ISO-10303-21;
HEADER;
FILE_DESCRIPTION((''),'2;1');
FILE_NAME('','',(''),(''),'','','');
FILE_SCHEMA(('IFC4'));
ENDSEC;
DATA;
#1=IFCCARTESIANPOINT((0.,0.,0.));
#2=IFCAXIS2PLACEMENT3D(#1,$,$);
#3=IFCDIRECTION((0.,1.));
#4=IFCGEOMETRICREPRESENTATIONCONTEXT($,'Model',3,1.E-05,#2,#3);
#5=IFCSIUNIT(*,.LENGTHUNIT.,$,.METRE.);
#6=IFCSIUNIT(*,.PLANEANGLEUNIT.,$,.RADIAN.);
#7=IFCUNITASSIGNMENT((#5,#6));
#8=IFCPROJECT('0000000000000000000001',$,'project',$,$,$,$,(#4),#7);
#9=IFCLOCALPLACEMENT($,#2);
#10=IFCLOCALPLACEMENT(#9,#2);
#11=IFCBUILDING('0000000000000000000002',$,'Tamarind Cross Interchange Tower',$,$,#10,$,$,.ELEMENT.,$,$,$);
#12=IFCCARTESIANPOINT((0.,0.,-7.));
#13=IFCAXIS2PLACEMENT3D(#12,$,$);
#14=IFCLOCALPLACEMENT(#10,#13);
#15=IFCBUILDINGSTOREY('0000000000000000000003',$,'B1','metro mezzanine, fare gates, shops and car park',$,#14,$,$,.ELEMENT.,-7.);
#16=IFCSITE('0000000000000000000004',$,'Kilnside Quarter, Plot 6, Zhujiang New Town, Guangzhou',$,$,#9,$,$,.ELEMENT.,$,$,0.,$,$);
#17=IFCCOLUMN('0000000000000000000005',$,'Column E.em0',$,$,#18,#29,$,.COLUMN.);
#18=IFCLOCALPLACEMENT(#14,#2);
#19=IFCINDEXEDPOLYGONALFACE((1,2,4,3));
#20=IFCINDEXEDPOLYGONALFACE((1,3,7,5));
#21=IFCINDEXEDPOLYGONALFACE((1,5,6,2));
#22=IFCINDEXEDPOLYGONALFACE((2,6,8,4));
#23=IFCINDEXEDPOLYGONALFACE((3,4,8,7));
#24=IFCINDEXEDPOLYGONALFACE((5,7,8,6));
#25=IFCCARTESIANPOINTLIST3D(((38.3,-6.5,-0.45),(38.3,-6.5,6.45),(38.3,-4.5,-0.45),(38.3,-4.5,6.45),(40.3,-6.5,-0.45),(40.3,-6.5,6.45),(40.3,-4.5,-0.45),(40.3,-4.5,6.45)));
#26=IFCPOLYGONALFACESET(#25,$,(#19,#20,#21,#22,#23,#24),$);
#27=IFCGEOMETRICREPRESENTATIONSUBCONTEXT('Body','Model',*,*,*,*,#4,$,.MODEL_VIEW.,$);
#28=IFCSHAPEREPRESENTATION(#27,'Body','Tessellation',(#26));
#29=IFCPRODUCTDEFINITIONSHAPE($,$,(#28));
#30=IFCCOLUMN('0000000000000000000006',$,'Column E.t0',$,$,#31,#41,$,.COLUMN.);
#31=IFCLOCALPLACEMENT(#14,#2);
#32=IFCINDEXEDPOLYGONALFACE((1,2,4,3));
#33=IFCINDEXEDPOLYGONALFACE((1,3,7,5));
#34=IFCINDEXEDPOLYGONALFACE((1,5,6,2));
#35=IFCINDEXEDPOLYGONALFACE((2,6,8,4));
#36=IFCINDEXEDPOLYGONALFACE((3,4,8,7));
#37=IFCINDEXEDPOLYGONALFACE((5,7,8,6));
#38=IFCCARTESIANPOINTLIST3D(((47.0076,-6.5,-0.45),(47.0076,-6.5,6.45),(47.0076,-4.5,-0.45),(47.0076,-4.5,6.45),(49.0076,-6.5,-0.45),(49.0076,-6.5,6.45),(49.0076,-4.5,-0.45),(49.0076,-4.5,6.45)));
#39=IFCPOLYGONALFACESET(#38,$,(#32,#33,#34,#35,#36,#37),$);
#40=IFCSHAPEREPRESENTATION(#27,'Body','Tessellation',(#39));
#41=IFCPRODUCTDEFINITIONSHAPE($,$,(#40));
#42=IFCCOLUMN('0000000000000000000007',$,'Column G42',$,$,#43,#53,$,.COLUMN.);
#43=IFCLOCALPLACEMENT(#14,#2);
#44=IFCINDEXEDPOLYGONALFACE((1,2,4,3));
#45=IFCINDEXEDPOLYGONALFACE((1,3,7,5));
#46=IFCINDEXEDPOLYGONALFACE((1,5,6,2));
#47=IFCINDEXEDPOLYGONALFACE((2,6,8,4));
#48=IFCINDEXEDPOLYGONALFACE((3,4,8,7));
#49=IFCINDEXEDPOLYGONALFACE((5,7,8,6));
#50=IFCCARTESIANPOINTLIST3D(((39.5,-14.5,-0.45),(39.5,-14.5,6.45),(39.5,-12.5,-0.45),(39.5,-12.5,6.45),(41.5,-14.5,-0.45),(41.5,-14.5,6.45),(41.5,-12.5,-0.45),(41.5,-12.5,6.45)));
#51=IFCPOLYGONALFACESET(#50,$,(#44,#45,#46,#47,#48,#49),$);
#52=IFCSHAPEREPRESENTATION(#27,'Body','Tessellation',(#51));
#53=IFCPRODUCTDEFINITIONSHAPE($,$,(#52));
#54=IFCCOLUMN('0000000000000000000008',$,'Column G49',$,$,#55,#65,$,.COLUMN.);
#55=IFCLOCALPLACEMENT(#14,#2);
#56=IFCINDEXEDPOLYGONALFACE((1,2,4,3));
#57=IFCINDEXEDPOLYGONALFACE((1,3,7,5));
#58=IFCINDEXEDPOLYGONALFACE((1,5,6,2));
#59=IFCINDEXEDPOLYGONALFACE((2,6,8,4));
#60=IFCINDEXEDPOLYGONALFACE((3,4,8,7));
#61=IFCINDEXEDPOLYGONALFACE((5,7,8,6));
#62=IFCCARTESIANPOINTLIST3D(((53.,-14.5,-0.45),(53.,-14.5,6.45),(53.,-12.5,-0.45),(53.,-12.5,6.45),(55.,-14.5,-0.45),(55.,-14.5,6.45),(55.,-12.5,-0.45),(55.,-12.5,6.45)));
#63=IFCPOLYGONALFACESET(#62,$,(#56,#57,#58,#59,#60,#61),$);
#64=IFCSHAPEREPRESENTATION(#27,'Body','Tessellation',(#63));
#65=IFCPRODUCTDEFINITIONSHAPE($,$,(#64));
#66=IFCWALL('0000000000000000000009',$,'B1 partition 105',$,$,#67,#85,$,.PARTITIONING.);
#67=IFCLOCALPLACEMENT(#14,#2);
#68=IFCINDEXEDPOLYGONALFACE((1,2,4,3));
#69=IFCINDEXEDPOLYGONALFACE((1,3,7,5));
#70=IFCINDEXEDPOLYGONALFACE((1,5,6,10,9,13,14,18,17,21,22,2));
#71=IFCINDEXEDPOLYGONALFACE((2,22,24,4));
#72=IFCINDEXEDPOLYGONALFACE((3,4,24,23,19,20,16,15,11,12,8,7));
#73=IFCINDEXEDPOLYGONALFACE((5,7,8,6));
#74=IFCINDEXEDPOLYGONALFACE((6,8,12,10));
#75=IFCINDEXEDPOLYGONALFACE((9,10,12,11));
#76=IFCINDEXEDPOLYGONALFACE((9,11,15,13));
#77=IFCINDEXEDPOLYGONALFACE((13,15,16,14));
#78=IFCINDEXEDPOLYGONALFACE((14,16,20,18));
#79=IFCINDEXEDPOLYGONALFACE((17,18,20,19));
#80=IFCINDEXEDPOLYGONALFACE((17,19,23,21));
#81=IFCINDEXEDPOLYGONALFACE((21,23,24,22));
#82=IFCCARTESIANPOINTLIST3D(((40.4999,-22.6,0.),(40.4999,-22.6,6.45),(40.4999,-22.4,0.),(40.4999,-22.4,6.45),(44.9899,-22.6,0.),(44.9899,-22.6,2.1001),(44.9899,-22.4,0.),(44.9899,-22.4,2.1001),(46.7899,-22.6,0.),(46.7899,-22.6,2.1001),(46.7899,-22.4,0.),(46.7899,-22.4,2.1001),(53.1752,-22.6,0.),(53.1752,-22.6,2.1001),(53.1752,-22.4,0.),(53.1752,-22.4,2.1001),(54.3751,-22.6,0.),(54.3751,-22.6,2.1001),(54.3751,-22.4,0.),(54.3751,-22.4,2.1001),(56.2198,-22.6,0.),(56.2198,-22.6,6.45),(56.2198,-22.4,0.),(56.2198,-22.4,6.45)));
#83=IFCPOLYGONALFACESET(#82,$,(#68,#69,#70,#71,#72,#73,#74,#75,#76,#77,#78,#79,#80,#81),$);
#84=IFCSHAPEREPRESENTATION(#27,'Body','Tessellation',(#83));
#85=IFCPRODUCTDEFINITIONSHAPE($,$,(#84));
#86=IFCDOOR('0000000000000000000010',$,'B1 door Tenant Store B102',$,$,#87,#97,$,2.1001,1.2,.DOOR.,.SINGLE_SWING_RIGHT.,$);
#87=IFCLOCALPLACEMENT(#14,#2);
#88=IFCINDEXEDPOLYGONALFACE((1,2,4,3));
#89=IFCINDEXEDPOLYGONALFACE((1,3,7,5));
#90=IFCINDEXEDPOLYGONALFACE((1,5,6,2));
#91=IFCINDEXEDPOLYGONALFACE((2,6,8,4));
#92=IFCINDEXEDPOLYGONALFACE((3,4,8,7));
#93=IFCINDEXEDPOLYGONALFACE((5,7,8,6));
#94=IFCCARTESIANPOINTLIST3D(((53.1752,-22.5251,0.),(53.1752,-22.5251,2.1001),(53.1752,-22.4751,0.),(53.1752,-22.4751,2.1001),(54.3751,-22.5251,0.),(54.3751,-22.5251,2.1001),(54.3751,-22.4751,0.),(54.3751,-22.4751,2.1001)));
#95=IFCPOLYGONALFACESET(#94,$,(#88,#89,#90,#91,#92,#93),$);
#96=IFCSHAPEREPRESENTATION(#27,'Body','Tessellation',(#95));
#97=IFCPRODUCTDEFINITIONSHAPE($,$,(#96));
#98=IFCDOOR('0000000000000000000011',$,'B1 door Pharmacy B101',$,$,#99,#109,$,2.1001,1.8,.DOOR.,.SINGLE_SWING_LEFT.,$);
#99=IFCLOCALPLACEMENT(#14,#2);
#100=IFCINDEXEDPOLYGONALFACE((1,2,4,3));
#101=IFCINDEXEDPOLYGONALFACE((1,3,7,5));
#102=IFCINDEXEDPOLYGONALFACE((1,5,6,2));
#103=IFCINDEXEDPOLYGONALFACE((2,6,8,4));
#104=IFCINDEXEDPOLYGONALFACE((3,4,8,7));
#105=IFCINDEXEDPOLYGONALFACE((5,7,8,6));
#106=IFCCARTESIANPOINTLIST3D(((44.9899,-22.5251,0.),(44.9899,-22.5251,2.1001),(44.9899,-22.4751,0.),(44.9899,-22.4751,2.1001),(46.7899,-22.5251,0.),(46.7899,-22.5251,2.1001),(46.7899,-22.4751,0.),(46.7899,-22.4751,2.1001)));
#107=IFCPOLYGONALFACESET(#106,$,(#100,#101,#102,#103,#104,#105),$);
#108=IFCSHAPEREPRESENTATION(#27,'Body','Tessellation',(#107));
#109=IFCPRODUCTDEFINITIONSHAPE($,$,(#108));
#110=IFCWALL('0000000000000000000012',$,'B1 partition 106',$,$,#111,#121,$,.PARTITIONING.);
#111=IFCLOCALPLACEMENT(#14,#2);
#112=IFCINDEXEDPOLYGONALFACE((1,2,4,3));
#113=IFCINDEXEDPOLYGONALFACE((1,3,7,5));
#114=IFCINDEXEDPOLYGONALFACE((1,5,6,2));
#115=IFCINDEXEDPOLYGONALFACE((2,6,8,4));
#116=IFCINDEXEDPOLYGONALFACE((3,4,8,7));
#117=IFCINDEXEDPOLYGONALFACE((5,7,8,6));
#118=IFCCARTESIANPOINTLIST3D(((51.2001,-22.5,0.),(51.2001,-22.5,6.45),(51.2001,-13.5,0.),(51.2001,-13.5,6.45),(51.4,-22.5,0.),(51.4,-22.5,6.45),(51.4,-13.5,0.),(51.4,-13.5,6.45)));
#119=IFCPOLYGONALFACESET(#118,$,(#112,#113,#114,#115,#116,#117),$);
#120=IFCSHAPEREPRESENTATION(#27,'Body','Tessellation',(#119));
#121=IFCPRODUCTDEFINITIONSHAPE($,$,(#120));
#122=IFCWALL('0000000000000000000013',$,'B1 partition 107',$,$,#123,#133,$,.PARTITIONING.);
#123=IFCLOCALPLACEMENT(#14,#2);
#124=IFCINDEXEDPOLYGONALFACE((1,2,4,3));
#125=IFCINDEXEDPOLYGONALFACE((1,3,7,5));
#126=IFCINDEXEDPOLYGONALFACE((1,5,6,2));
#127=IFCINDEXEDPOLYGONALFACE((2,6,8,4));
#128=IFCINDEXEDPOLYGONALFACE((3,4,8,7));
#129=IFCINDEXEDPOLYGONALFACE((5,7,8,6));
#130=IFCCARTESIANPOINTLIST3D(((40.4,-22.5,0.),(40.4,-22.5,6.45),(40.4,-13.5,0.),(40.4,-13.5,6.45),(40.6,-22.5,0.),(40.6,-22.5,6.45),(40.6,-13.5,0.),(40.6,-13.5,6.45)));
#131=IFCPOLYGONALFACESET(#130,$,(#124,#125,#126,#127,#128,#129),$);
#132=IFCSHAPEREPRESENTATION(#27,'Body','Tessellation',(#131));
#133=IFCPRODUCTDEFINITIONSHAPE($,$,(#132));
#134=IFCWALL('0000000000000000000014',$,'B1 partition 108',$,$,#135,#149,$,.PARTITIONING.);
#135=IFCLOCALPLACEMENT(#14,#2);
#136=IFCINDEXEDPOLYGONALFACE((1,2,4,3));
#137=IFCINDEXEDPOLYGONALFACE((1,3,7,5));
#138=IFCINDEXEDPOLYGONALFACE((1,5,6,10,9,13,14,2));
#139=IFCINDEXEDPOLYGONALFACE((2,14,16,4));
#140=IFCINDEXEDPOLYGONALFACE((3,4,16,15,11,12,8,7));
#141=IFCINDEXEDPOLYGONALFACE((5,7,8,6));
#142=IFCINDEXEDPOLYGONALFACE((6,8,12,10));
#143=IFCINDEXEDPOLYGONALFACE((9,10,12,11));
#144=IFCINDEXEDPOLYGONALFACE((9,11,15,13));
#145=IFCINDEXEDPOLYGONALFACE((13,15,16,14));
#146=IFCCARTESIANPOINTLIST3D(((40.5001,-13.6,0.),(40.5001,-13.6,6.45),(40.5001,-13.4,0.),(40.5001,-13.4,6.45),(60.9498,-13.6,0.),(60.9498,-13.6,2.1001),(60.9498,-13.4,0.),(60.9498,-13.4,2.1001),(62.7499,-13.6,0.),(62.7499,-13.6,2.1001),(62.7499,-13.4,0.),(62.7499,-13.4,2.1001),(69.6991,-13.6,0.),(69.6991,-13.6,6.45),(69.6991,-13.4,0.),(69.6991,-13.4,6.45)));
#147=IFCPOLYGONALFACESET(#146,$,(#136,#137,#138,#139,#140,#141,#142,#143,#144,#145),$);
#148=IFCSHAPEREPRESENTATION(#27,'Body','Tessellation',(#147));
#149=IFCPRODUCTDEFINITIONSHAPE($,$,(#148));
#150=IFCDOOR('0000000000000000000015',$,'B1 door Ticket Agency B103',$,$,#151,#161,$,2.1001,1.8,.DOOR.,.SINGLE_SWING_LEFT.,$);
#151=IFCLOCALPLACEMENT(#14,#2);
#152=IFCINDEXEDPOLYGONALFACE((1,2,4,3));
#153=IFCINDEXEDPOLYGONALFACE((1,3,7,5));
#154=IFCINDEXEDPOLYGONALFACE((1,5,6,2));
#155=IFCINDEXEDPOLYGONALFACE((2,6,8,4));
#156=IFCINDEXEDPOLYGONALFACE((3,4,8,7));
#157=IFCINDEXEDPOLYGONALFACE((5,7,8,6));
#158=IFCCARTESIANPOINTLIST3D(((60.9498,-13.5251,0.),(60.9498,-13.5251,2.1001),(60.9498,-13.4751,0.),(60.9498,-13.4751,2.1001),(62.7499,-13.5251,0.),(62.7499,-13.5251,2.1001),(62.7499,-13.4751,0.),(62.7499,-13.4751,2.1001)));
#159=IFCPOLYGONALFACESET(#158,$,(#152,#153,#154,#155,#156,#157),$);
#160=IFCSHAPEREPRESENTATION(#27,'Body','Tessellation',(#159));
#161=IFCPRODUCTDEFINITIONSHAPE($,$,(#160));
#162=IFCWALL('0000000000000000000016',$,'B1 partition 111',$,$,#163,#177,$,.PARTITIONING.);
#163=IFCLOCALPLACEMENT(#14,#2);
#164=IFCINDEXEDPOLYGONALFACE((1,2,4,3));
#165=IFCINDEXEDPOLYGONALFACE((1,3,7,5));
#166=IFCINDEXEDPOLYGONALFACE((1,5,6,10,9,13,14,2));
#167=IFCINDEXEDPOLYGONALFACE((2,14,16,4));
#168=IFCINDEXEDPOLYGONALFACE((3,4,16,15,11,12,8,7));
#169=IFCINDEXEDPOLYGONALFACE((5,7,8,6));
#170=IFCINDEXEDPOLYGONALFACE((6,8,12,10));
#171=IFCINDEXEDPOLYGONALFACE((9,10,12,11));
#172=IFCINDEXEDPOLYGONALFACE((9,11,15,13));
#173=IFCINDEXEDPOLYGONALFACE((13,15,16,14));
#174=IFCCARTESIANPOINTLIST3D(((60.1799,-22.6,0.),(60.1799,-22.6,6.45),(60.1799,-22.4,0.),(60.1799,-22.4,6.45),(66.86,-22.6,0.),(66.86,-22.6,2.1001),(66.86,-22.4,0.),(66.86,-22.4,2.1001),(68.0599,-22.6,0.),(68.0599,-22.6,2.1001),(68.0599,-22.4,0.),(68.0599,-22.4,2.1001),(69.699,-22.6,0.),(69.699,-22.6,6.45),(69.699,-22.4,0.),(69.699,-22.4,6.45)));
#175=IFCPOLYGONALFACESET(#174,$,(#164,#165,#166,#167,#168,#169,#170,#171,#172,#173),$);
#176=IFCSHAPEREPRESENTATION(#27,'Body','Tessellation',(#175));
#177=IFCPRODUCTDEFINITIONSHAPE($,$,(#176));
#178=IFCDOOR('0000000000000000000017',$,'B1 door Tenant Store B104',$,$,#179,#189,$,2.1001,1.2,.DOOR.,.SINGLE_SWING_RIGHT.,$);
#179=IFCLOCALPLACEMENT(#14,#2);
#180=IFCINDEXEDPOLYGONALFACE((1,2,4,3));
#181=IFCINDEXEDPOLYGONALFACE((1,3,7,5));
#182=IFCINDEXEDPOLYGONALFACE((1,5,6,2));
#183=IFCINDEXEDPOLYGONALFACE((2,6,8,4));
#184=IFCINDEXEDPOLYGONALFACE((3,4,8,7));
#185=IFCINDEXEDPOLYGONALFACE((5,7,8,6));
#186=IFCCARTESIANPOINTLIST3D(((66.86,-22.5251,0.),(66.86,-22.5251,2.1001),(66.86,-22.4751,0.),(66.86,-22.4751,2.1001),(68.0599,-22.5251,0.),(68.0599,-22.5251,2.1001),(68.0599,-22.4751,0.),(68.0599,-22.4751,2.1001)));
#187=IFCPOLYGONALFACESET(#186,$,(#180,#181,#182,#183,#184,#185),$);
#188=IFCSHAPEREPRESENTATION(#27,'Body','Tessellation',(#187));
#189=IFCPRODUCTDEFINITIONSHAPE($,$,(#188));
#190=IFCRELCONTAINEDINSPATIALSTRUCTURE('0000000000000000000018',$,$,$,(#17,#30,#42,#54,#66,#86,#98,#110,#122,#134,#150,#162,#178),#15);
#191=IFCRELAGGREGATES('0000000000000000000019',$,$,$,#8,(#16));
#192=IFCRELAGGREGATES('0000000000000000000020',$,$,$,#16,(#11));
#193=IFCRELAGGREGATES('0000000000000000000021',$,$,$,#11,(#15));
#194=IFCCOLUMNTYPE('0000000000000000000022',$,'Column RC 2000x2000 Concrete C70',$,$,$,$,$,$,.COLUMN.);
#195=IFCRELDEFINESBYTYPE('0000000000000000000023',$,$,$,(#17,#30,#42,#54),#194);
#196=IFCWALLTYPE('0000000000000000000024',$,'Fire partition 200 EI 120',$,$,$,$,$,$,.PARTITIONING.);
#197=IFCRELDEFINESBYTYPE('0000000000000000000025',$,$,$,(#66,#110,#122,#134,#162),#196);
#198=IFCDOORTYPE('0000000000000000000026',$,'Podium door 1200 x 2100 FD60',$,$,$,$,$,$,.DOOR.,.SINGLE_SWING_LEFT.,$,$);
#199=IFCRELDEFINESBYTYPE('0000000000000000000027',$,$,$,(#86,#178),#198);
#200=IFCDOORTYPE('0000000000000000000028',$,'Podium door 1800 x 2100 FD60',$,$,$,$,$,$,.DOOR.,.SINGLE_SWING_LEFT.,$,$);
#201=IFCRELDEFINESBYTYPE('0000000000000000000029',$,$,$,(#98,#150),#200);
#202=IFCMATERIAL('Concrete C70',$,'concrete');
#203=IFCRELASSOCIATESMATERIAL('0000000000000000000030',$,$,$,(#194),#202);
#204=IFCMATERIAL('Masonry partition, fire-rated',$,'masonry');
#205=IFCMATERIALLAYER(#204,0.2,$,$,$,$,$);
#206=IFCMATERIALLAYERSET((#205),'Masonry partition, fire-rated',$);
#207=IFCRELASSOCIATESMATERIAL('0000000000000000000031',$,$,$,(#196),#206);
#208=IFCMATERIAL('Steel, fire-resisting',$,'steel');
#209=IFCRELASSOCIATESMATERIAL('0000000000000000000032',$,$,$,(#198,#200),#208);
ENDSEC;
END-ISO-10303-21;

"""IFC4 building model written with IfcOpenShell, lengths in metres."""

from ifc_helpers import new_model, si_unit, direction, frame, frame_2d, origin, origin_2d, place, context, subcontext, project, spatial, rectangle, extrude, material, layer, layer_set, material_profile, profile_set, type_object, element, fill, save


model = new_model("IFC4")

# Units and contexts
model_context = context("Model", 3, precision=1e-05, world=origin(), true_north=direction((0.0, 1.0)))
body_context = subcontext(model_context, "Body", "Model", "MODEL_VIEW")
ifc_project = project(units=[si_unit("LENGTHUNIT", "METRE"), si_unit("PLANEANGLEUNIT", "RADIAN")], contexts=[model_context])

# Site, building, storey
site_placement = place(None, origin())
site = spatial("IfcSite", under=ifc_project, at=site_placement, Name="Kilnside Quarter, Plot 6, Zhujiang New Town, Guangzhou", CompositionType="ELEMENT", RefElevation=0.0)
building_placement = place(site_placement, origin())
building = spatial("IfcBuilding", under=site, at=building_placement, Name="Tamarind Cross Interchange Tower", CompositionType="ELEMENT")
storey_placement = place(building_placement, frame((0.0, 0.0, -7.0)))
storey = spatial("IfcBuildingStorey", under=building, at=storey_placement, Name="B1", Description="metro mezzanine, fare gates, shops and car park", CompositionType="ELEMENT", Elevation=-7.0)

# Columns
ifc_material_1 = material(Name="Concrete C70", Category="concrete")
ifc_material_profile = material_profile(ifc_material_1, rectangle(XDim=2.0, YDim=2.0, at=origin_2d()), Name="RC 2000x2000")
ifc_profile_set = profile_set([ifc_material_profile], Name="Concrete C70")
column_type = type_object("IfcColumnType", Name="Column RC 2000x2000 Concrete C70", PredefinedType="COLUMN", material=ifc_profile_set)
for number, where, z_axis, x_axis, name in (
    (1, (39.3, -5.5, -0.45), (0.0, 0.0, 1.0), (1.0, 0.0, 0.0), "Column E.em0"),
    (2, (48.0076, -5.5, -0.45), (0.0, 0.0, 1.0), (1.0, 0.0, 0.0), "Column E.t0"),
    (3, (40.5, -13.5, -0.45), (0.0, 0.0, 1.0), (1.0, 0.0, 0.0), "Column G42"),
    (4, (54.0, -13.5, -0.45), (0.0, 0.0, 1.0), (1.0, 0.0, 0.0), "Column G49"),
):
    element("IfcColumn", number, at=place(storey_placement, frame(where, z_axis=z_axis, x_axis=x_axis)), inside=storey, type_object=column_type, Name=name, PredefinedType="COLUMN", context=body_context, shape_type="SweptSolid", body=[
        extrude(rectangle(XDim=2.0, YDim=2.0, at=origin_2d()), origin(), (0.0, 0.0, 1.0), 6.8999),
    ])

# Wall, openings, doors
ifc_material_2 = material(Name="Masonry partition, fire-rated", Category="masonry")
ifc_layer_1 = layer(ifc_material_2, 0.2)
ifc_layer_set_1 = layer_set([ifc_layer_1], Name="Masonry partition, fire-rated")
wall_type_1 = type_object("IfcWallType", Name="Fire partition 200 EI 120", PredefinedType="PARTITIONING", material=ifc_layer_set_1)
wall_1_placement = place(storey_placement, frame((40.5, -22.5, 0.0), z_axis=(0.0, 0.0, 1.0), x_axis=(1.0, 0.0, 0.0)))
wall_1 = element("IfcWall", 5, at=wall_1_placement, inside=storey, type_object=wall_type_1, Name="B1 partition 105", PredefinedType="PARTITIONING", context=body_context, shape_type="SweptSolid", body=[
    extrude(rectangle(XDim=15.72, YDim=0.2, at=frame_2d((7.8599, 0.0))), origin(), (0.0, 0.0, 1.0), 6.45),
])
opening_1_placement = place(wall_1_placement, frame((4.49, 0.0, 0.0)))
opening_1 = element("IfcOpeningElement", 6, at=opening_1_placement, cuts=wall_1, PredefinedType="OPENING", context=body_context, shape_type="SweptSolid", body=[
    extrude(rectangle(XDim=1.8, YDim=2.1001, at=frame_2d((0.8999, 1.05))), frame((0.0, 0.1099, 0.0), z_axis=(0.0, -1.0, 0.0), x_axis=(1.0, 0.0, 0.0)), (0.0, 0.0, 1.0), 0.22),
])
opening_2_placement = place(wall_1_placement, frame((12.675, 0.0, 0.0)))
opening_2 = element("IfcOpeningElement", 7, at=opening_2_placement, cuts=wall_1, PredefinedType="OPENING", context=body_context, shape_type="SweptSolid", body=[
    extrude(rectangle(XDim=1.2, YDim=2.1001, at=frame_2d((0.6001, 1.05))), frame((0.0, 0.1099, 0.0), z_axis=(0.0, -1.0, 0.0), x_axis=(1.0, 0.0, 0.0)), (0.0, 0.0, 1.0), 0.22),
])
ifc_material_3 = material(Name="Steel, fire-resisting", Category="steel")
door_type_1 = type_object("IfcDoorType", Name="Podium door 1200 x 2100 FD60", OperationType="SINGLE_SWING_LEFT", PredefinedType="DOOR", material=ifc_material_3)
door_1_placement = place(opening_2_placement, origin())
door_1 = element("IfcDoor", 8, at=door_1_placement, inside=storey, type_object=door_type_1, Name="B1 door Tenant Store B102", OperationType="SINGLE_SWING_RIGHT", OverallHeight=2.1001, OverallWidth=1.2, PredefinedType="DOOR", context=body_context, shape_type="SweptSolid", body=[
    extrude(rectangle(XDim=1.2, YDim=2.1001, at=frame_2d((0.6001, 1.05))), frame((0.0, 0.0249, 0.0), z_axis=(0.0, -1.0, 0.0), x_axis=(1.0, 0.0, 0.0)), (0.0, 0.0, 1.0), 0.05),
])
fill(opening_2, door_1)
door_type_2 = type_object("IfcDoorType", Name="Podium door 1800 x 2100 FD60", OperationType="SINGLE_SWING_LEFT", PredefinedType="DOOR", material=ifc_material_3)
door_2_placement = place(opening_1_placement, origin())
door_2 = element("IfcDoor", 9, at=door_2_placement, inside=storey, type_object=door_type_2, Name="B1 door Pharmacy B101", OperationType="SINGLE_SWING_LEFT", OverallHeight=2.1001, OverallWidth=1.8, PredefinedType="DOOR", context=body_context, shape_type="SweptSolid", body=[
    extrude(rectangle(XDim=1.8, YDim=2.1001, at=frame_2d((0.8999, 1.05))), frame((0.0, 0.0249, 0.0), z_axis=(0.0, -1.0, 0.0), x_axis=(1.0, 0.0, 0.0)), (0.0, 0.0, 1.0), 0.05),
])
fill(opening_1, door_2)

# Walls
for number, where, z_axis, x_axis, name in (
    (10, (51.3, -22.5, 0.0), (0.0, 0.0, 1.0), (0.0, 1.0, 0.0), "B1 partition 106"),
    (11, (40.5, -22.5, 0.0), (0.0, 0.0, 1.0), (0.0, 1.0, 0.0), "B1 partition 107"),
):
    element("IfcWall", number, at=place(storey_placement, frame(where, z_axis=z_axis, x_axis=x_axis)), inside=storey, type_object=wall_type_1, Name=name, PredefinedType="PARTITIONING", context=body_context, shape_type="SweptSolid", body=[
        extrude(rectangle(XDim=9.0, YDim=0.2, at=frame_2d((4.5, 0.0))), origin(), (0.0, 0.0, 1.0), 6.45),
    ])

# Walls, openings, doors
wall_2_placement = place(storey_placement, frame((40.5, -13.5, 0.0), z_axis=(0.0, 0.0, 1.0), x_axis=(1.0, 0.0, 0.0)))
wall_2 = element("IfcWall", 12, at=wall_2_placement, inside=storey, type_object=wall_type_1, Name="B1 partition 108", PredefinedType="PARTITIONING", context=body_context, shape_type="SweptSolid", body=[
    extrude(rectangle(XDim=29.199, YDim=0.2, at=frame_2d((14.5996, 0.0))), origin(), (0.0, 0.0, 1.0), 6.45),
])
opening_3_placement = place(wall_2_placement, frame((20.45, 0.0, 0.0)))
opening_3 = element("IfcOpeningElement", 13, at=opening_3_placement, cuts=wall_2, PredefinedType="OPENING", context=body_context, shape_type="SweptSolid", body=[
    extrude(rectangle(XDim=1.8, YDim=2.1001, at=frame_2d((0.8999, 1.05))), frame((0.0, 0.1099, 0.0), z_axis=(0.0, -1.0, 0.0), x_axis=(1.0, 0.0, 0.0)), (0.0, 0.0, 1.0), 0.22),
])
door_3_placement = place(opening_3_placement, origin())
door_3 = element("IfcDoor", 14, at=door_3_placement, inside=storey, type_object=door_type_2, Name="B1 door Ticket Agency B103", OperationType="SINGLE_SWING_LEFT", OverallHeight=2.1001, OverallWidth=1.8, PredefinedType="DOOR", context=body_context, shape_type="SweptSolid", body=[
    extrude(rectangle(XDim=1.8, YDim=2.1001, at=frame_2d((0.8999, 1.05))), frame((0.0, 0.0249, 0.0), z_axis=(0.0, -1.0, 0.0), x_axis=(1.0, 0.0, 0.0)), (0.0, 0.0, 1.0), 0.05),
])
fill(opening_3, door_3)
wall_3_placement = place(storey_placement, frame((60.1799, -22.5, 0.0), z_axis=(0.0, 0.0, 1.0), x_axis=(1.0, 0.0, 0.0)))
wall_3 = element("IfcWall", 15, at=wall_3_placement, inside=storey, type_object=wall_type_1, Name="B1 partition 111", PredefinedType="PARTITIONING", context=body_context, shape_type="SweptSolid", body=[
    extrude(rectangle(XDim=9.519, YDim=0.2, at=frame_2d((4.7595, 0.0))), origin(), (0.0, 0.0, 1.0), 6.45),
])
opening_4_placement = place(wall_3_placement, frame((6.6799, 0.0, 0.0)))
opening_4 = element("IfcOpeningElement", 16, at=opening_4_placement, cuts=wall_3, PredefinedType="OPENING", context=body_context, shape_type="SweptSolid", body=[
    extrude(rectangle(XDim=1.2, YDim=2.1001, at=frame_2d((0.6001, 1.05))), frame((0.0, 0.1099, 0.0), z_axis=(0.0, -1.0, 0.0), x_axis=(1.0, 0.0, 0.0)), (0.0, 0.0, 1.0), 0.22),
])
door_4_placement = place(opening_4_placement, origin())
door_4 = element("IfcDoor", 17, at=door_4_placement, inside=storey, type_object=door_type_1, Name="B1 door Tenant Store B104", OperationType="SINGLE_SWING_RIGHT", OverallHeight=2.1001, OverallWidth=1.2, PredefinedType="DOOR", context=body_context, shape_type="SweptSolid", body=[
    extrude(rectangle(XDim=1.2, YDim=2.1001, at=frame_2d((0.6001, 1.05))), frame((0.0, 0.0249, 0.0), z_axis=(0.0, -1.0, 0.0), x_axis=(1.0, 0.0, 0.0)), (0.0, 0.0, 1.0), 0.05),
])
fill(opening_4, door_4)

save(model, "model.ifc")
